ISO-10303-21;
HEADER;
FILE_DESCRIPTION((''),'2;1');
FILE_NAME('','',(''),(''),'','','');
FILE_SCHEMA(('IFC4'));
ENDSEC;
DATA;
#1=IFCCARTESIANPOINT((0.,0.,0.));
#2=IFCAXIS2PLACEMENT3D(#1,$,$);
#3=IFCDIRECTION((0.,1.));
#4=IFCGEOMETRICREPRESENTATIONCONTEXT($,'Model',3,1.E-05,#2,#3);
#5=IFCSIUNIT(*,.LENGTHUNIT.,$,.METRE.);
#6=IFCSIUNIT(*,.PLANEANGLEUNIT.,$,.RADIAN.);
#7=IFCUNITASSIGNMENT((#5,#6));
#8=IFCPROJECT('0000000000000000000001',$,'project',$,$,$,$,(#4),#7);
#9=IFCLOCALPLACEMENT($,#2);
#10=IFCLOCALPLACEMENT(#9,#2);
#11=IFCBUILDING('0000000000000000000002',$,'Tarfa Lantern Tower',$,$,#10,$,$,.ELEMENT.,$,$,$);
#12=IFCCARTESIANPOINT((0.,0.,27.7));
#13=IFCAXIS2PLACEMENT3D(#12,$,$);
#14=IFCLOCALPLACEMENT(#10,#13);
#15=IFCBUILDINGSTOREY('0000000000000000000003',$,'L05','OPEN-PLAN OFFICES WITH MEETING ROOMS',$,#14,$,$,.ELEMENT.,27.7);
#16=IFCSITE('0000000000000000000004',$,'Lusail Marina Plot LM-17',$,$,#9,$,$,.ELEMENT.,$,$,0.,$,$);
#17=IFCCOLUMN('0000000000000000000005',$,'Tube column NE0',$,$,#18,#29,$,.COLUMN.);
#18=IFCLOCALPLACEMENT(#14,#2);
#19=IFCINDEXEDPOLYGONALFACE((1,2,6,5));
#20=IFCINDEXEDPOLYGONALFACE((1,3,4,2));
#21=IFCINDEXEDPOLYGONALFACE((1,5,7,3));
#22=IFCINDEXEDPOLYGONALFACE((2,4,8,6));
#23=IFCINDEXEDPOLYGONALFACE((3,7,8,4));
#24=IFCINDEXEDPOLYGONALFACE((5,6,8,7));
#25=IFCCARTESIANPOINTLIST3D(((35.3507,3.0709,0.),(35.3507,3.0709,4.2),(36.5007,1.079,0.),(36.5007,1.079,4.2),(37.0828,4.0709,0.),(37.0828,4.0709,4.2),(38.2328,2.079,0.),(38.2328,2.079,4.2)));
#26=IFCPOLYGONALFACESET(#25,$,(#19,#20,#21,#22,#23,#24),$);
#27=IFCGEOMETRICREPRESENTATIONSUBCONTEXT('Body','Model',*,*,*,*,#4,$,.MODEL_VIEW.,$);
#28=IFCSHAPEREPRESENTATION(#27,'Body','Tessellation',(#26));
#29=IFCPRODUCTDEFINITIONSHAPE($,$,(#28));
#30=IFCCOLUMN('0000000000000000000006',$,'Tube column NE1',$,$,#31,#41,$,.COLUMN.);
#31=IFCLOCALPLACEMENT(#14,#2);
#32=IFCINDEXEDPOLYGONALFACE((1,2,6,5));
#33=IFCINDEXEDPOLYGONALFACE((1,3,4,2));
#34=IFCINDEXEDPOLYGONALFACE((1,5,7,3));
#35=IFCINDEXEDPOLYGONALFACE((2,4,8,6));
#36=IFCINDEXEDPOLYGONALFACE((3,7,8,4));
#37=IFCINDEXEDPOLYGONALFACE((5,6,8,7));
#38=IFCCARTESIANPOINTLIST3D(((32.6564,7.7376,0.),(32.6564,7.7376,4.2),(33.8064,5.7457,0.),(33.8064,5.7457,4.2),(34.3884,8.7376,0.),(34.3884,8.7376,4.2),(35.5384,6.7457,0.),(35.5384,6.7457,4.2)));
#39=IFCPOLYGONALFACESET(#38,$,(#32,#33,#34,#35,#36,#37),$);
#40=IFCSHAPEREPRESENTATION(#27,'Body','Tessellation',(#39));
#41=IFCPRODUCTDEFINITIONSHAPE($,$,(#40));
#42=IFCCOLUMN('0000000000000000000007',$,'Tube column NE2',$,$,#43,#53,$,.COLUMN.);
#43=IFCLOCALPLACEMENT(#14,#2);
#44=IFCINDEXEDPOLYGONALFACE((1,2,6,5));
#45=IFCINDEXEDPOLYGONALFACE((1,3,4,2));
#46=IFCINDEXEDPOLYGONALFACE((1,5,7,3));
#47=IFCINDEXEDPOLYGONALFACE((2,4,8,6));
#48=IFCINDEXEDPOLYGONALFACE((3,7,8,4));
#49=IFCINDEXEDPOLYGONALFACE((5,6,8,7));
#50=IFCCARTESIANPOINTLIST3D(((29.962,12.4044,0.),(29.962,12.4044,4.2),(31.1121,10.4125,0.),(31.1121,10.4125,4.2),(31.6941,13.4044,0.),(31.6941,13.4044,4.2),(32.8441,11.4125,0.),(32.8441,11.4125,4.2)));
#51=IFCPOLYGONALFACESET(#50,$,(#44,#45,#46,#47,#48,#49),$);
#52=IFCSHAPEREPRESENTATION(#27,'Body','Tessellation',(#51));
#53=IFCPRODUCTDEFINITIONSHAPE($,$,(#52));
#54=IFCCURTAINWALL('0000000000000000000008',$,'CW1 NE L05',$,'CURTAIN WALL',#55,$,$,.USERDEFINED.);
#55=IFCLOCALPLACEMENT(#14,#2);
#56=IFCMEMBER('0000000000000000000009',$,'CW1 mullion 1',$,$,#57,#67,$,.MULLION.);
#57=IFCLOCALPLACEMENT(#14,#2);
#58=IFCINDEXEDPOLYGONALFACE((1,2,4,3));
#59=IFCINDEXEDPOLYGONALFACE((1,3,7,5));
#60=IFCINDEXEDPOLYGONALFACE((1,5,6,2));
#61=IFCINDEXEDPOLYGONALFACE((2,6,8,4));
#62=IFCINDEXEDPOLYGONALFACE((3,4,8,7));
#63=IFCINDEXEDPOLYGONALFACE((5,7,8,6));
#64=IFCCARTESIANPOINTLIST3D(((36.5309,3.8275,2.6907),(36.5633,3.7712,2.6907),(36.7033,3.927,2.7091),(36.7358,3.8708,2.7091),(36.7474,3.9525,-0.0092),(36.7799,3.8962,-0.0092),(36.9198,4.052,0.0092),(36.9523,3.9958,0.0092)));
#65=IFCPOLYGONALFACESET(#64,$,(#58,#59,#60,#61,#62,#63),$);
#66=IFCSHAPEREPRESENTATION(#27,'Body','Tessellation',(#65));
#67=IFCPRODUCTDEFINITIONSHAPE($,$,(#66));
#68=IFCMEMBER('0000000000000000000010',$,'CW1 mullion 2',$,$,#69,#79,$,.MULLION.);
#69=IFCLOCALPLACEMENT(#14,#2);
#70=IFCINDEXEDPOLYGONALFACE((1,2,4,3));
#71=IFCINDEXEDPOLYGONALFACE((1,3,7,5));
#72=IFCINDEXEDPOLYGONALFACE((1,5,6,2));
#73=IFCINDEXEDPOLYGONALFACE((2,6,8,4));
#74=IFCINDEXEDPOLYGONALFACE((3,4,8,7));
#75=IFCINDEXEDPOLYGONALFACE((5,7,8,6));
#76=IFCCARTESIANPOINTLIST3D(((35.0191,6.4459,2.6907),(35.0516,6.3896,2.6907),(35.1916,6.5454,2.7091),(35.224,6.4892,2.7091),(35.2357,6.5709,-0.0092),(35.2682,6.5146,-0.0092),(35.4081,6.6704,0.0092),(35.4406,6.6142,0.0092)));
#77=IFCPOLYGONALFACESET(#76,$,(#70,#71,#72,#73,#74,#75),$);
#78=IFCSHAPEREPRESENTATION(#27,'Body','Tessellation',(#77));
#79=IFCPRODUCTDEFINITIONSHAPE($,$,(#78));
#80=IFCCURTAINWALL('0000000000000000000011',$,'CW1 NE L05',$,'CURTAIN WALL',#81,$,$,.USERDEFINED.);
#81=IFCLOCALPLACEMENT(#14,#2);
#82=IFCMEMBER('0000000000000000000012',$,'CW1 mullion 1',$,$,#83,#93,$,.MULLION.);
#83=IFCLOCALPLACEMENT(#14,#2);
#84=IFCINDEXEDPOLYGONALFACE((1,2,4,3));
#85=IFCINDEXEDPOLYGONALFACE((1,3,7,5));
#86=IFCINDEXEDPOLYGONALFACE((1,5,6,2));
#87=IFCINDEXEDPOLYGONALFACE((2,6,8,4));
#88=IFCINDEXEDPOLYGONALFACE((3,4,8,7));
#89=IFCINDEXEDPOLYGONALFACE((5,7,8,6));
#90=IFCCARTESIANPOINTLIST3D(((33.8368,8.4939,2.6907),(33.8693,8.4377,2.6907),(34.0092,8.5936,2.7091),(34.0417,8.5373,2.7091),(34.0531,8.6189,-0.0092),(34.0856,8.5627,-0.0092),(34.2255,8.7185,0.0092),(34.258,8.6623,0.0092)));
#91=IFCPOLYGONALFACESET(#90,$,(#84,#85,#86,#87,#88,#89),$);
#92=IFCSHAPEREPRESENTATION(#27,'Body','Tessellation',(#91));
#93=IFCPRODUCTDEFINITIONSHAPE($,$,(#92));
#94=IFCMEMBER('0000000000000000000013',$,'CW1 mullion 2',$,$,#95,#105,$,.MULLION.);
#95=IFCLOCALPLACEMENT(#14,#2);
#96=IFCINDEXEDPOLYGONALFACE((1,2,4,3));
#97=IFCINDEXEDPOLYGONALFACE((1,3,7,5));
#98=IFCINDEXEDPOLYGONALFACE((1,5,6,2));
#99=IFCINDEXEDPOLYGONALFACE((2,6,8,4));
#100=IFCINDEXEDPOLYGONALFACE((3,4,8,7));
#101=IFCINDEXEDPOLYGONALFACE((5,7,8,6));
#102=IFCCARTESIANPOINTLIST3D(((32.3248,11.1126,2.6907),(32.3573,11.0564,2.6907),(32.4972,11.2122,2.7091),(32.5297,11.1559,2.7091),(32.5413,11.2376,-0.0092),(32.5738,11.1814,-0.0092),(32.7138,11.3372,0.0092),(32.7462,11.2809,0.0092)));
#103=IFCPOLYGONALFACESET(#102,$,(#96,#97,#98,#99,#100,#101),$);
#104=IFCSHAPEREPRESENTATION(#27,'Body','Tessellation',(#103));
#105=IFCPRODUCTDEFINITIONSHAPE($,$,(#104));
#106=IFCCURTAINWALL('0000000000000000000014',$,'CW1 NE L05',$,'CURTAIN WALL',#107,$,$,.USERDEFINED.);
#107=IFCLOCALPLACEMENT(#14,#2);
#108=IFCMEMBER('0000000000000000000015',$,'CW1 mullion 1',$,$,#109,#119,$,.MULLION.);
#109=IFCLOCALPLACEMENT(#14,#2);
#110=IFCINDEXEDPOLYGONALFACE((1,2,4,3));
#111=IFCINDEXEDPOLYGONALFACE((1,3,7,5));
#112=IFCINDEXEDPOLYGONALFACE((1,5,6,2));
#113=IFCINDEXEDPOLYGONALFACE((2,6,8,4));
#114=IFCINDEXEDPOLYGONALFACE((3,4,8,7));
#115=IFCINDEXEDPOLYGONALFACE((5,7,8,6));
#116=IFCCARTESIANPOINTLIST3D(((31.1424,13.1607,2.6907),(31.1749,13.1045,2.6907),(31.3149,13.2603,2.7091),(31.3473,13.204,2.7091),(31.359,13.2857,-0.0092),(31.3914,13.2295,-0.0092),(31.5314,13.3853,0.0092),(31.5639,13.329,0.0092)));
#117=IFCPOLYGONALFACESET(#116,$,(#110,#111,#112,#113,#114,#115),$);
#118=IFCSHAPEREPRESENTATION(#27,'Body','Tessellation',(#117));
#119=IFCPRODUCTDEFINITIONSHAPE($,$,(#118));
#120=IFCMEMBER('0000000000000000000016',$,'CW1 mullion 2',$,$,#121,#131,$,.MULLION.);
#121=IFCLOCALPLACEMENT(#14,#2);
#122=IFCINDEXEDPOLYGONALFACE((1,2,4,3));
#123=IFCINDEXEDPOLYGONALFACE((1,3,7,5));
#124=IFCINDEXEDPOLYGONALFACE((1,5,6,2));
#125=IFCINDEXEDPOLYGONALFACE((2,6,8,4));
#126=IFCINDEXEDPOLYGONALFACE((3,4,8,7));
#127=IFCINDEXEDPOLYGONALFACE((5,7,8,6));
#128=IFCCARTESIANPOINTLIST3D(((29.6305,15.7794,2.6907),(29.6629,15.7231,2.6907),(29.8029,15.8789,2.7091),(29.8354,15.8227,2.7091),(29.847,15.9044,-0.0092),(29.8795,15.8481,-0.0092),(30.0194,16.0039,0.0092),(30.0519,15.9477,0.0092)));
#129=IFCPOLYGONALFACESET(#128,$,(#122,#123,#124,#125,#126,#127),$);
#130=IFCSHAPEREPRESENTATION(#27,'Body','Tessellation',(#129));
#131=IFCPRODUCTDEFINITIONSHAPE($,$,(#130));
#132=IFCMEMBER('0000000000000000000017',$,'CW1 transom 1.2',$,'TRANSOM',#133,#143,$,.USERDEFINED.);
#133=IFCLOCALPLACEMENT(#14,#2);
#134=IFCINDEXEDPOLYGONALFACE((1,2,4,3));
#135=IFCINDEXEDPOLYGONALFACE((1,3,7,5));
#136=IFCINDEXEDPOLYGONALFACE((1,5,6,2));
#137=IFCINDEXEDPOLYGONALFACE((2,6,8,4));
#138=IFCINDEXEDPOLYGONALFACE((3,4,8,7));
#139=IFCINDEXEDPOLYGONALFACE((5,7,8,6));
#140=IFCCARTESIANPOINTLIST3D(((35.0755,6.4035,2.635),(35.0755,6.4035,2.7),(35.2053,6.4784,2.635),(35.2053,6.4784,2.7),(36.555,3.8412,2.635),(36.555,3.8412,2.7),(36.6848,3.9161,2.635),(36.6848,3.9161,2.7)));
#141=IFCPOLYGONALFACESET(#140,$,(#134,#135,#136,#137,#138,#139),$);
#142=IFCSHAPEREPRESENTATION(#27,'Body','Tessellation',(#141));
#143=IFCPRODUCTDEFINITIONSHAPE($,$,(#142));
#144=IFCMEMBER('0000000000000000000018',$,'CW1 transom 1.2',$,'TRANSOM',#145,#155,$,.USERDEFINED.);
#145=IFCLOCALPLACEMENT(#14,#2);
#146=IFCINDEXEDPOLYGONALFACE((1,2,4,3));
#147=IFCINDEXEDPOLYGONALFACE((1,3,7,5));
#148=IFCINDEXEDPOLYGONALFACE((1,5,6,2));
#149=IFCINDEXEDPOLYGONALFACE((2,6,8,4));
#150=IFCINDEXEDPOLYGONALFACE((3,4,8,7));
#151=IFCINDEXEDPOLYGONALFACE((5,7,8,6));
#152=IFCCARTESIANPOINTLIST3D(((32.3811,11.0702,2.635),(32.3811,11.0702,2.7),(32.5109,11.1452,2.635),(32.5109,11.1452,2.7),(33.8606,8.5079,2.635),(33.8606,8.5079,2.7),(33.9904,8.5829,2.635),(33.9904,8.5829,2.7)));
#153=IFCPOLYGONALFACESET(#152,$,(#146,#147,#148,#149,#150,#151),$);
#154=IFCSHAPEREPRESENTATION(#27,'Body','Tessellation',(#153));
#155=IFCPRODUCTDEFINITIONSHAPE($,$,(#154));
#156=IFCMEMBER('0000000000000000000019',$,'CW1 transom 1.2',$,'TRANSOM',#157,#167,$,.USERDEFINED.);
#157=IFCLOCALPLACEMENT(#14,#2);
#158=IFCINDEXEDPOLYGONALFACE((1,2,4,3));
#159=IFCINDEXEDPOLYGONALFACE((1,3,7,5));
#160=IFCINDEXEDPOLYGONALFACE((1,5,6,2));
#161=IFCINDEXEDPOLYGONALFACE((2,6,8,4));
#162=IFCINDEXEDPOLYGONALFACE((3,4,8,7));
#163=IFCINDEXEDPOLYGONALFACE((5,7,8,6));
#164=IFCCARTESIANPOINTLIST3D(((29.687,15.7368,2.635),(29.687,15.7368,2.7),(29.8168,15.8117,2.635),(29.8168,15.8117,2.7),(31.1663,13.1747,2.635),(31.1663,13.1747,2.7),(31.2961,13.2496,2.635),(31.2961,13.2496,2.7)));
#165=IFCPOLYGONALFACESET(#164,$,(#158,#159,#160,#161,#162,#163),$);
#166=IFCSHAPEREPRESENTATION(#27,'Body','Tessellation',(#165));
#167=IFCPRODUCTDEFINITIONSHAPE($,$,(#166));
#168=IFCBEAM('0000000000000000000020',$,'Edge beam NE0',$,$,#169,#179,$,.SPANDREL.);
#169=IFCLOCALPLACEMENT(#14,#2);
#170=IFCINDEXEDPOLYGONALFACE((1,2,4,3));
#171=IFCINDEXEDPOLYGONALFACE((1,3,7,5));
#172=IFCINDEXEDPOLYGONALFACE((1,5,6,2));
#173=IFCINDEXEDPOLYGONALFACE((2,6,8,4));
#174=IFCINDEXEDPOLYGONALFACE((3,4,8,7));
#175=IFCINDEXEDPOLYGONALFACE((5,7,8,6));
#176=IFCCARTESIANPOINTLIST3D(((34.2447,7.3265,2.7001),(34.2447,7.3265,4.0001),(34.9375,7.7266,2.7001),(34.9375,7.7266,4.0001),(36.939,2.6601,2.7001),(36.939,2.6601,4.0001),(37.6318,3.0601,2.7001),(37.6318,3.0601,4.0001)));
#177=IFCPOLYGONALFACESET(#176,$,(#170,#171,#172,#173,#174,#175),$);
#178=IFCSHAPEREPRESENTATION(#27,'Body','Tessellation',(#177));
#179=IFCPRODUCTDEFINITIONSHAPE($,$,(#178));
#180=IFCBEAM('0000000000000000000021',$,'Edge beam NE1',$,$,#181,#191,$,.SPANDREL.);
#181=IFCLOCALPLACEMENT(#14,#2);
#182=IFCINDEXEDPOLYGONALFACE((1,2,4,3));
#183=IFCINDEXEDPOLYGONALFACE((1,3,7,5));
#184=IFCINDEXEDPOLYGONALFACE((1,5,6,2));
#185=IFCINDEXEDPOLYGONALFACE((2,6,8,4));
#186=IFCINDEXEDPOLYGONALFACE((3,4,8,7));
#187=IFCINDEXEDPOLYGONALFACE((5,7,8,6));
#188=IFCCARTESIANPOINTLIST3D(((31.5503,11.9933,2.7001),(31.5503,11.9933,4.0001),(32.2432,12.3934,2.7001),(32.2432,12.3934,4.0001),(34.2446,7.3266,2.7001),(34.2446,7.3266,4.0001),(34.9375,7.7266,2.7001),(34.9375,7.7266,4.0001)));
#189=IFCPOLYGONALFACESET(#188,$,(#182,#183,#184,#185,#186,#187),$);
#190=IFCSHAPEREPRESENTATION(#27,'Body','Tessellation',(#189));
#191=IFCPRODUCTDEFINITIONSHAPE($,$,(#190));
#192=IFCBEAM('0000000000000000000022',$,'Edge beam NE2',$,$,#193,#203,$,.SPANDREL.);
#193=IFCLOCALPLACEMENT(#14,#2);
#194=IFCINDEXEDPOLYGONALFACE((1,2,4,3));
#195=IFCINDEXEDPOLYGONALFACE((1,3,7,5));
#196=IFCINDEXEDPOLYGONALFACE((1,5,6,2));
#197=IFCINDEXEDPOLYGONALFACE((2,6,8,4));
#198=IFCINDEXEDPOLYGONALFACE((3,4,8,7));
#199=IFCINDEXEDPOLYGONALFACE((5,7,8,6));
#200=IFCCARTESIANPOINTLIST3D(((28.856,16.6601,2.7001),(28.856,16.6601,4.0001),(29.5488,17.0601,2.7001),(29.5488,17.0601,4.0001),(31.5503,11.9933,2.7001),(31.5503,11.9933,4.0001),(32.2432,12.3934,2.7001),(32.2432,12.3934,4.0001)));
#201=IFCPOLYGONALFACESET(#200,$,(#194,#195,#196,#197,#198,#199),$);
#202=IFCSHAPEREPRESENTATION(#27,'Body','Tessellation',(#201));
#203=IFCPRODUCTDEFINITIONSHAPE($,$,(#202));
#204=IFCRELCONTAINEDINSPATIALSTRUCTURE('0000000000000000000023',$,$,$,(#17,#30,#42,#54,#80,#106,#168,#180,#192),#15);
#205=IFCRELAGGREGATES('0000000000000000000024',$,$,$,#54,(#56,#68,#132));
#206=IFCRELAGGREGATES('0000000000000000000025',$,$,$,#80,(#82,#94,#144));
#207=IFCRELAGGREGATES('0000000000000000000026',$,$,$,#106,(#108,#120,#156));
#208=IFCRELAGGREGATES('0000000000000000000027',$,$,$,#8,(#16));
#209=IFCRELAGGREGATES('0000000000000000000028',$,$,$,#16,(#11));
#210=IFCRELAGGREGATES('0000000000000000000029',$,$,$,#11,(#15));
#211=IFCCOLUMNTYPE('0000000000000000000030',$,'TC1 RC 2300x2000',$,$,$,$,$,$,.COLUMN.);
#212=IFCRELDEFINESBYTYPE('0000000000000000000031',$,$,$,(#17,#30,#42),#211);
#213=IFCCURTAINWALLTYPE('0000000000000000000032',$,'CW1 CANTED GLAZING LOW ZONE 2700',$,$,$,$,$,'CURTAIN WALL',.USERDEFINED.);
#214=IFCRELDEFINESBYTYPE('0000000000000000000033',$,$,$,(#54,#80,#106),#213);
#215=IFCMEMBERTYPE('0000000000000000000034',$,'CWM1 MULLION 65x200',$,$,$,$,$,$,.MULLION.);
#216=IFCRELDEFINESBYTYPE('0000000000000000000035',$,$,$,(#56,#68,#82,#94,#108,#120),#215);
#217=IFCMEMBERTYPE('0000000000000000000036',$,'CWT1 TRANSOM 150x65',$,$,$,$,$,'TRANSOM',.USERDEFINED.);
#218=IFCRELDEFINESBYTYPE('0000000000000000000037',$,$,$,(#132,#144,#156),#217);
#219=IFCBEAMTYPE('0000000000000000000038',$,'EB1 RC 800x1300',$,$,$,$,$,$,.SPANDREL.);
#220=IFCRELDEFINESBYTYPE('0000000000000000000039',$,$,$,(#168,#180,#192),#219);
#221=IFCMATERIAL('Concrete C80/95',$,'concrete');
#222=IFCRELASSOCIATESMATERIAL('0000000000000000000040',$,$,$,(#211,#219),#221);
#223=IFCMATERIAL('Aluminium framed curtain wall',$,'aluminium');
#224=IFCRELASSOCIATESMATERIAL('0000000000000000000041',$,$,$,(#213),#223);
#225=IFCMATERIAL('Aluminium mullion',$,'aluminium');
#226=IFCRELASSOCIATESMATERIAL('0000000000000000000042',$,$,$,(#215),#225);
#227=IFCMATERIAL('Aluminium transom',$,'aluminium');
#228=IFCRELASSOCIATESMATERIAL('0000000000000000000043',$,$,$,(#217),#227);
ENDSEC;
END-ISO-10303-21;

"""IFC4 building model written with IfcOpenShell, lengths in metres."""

from ifc_helpers import new_model, si_unit, direction, frame, origin, origin_2d, place, context, subcontext, project, spatial, rectangle, extrude, material, material_profile, profile_set, type_object, element, aggregate, save


model = new_model("IFC4")

# Units and contexts
model_context = context("Model", 3, precision=1e-05, world=origin(), true_north=direction((0.0, 1.0)))
body_context = subcontext(model_context, "Body", "Model", "MODEL_VIEW")
ifc_project = project(units=[si_unit("LENGTHUNIT", "METRE"), si_unit("PLANEANGLEUNIT", "RADIAN")], contexts=[model_context])

# Site, building, storey
site_placement = place(None, origin())
site = spatial("IfcSite", under=ifc_project, at=site_placement, Name="Lusail Marina Plot LM-17", CompositionType="ELEMENT", RefElevation=0.0)
building_placement = place(site_placement, origin())
building = spatial("IfcBuilding", under=site, at=building_placement, Name="Tarfa Lantern Tower", CompositionType="ELEMENT")
storey_placement = place(building_placement, frame((0.0, 0.0, 27.7)))
storey = spatial("IfcBuildingStorey", under=building, at=storey_placement, Name="L05", Description="OPEN-PLAN OFFICES WITH MEETING ROOMS", CompositionType="ELEMENT", Elevation=27.7)

# Columns
ifc_material_1 = material(Name="Concrete C80/95", Category="concrete")
ifc_material_profile_1 = material_profile(ifc_material_1, rectangle(XDim=2.3, YDim=2.0, at=origin_2d()), Name="RC 2300x2000")
ifc_profile_set_1 = profile_set([ifc_material_profile_1], Name="Concrete C80/95")
column_type = type_object("IfcColumnType", Name="TC1 RC 2300x2000", PredefinedType="COLUMN", material=ifc_profile_set_1)
for number, where, z_axis, x_axis, name in (
    (1, (36.7917, 2.575, 0.0), (0.0, 0.0, 1.0), (-0.5, 0.866025, 0.0), "Tube column NE0"),
    (2, (34.0974, 7.2417, 0.0), (0.0, 0.0, 1.0), (-0.5, 0.866025, 0.0), "Tube column NE1"),
    (3, (31.4031, 11.9084, 0.0), (0.0, 0.0, 1.0), (-0.5, 0.866025, 0.0), "Tube column NE2"),
):
    element("IfcColumn", number, at=place(storey_placement, frame(where, z_axis=z_axis, x_axis=x_axis)), inside=storey, type_object=column_type, Name=name, PredefinedType="COLUMN", context=body_context, shape_type="SweptSolid", body=[
        extrude(rectangle(XDim=2.3, YDim=2.0, at=origin_2d()), origin(), (0.0, 0.0, 1.0), 4.2),
    ])

# Curtain walls, members
ifc_material_2 = material(Name="Aluminium framed curtain wall", Category="aluminium")
curtain_wall_type = type_object("IfcCurtainWallType", Name="CW1 CANTED GLAZING LOW ZONE 2700", ElementType="CURTAIN WALL", PredefinedType="USERDEFINED", material=ifc_material_2)
curtain_wall_1_placement = place(storey_placement, origin())
curtain_wall_1 = element("IfcCurtainWall", 4, at=curtain_wall_1_placement, inside=storey, type_object=curtain_wall_type, Name="CW1 NE L05", ObjectType="CURTAIN WALL", PredefinedType="USERDEFINED")
ifc_material_3 = material(Name="Aluminium mullion", Category="aluminium")
ifc_material_profile_2 = material_profile(ifc_material_3, rectangle(XDim=0.0649, YDim=0.2, at=origin_2d()), Name="AL MULLION 65x200")
ifc_profile_set_2 = profile_set([ifc_material_profile_2], Name="Aluminium mullion")
member_type_1 = type_object("IfcMemberType", Name="CWM1 MULLION 65x200", PredefinedType="MULLION", material=ifc_profile_set_2)
member_1_placement = place(storey_placement, frame((36.8499, 3.9741, 0.0), z_axis=(-0.079864, -0.0461, 0.995739), x_axis=(0.49992, -0.866072, 0.0)))
member_1 = element("IfcMember", 5, at=member_1_placement, type_object=member_type_1, Name="CW1 mullion 1", PredefinedType="MULLION", context=body_context, shape_type="SweptSolid", body=[
    extrude(rectangle(XDim=0.0649, YDim=0.2, at=origin_2d()), origin(), (0.0, 0.0, 1.0), 2.7114),
])
member_2_placement = place(storey_placement, frame((35.3381, 6.5925, 0.0), z_axis=(-0.079864, -0.0461, 0.995739), x_axis=(0.49992, -0.866072, 0.0)))
member_2 = element("IfcMember", 6, at=member_2_placement, type_object=member_type_1, Name="CW1 mullion 2", PredefinedType="MULLION", context=body_context, shape_type="SweptSolid", body=[
    extrude(rectangle(XDim=0.0649, YDim=0.2, at=origin_2d()), origin(), (0.0, 0.0, 1.0), 2.7114),
])
curtain_wall_2_placement = place(storey_placement, origin())
curtain_wall_2 = element("IfcCurtainWall", 7, at=curtain_wall_2_placement, inside=storey, type_object=curtain_wall_type, Name="CW1 NE L05", ObjectType="CURTAIN WALL", PredefinedType="USERDEFINED")
member_3_placement = place(storey_placement, frame((34.1555, 8.6406, 0.0), z_axis=(-0.079775, -0.0461, 0.995746), x_axis=(0.500343, -0.865827, 0.0)))
member_3 = element("IfcMember", 8, at=member_3_placement, type_object=member_type_1, Name="CW1 mullion 1", PredefinedType="MULLION", context=body_context, shape_type="SweptSolid", body=[
    extrude(rectangle(XDim=0.0649, YDim=0.2, at=origin_2d()), origin(), (0.0, 0.0, 1.0), 2.7114),
])
member_4_placement = place(storey_placement, frame((32.6438, 11.2593, 0.0), z_axis=(-0.079864, -0.0461, 0.995739), x_axis=(0.49992, -0.866072, 0.0)))
member_4 = element("IfcMember", 9, at=member_4_placement, type_object=member_type_1, Name="CW1 mullion 2", PredefinedType="MULLION", context=body_context, shape_type="SweptSolid", body=[
    extrude(rectangle(XDim=0.0649, YDim=0.2, at=origin_2d()), origin(), (0.0, 0.0, 1.0), 2.7114),
])
curtain_wall_3_placement = place(storey_placement, origin())
curtain_wall_3 = element("IfcCurtainWall", 10, at=curtain_wall_3_placement, inside=storey, type_object=curtain_wall_type, Name="CW1 NE L05", ObjectType="CURTAIN WALL", PredefinedType="USERDEFINED")
member_5_placement = place(storey_placement, frame((31.4614, 13.3074, 0.0), z_axis=(-0.079864, -0.0461, 0.995739), x_axis=(0.49992, -0.866072, 0.0)))
member_5 = element("IfcMember", 11, at=member_5_placement, type_object=member_type_1, Name="CW1 mullion 1", PredefinedType="MULLION", context=body_context, shape_type="SweptSolid", body=[
    extrude(rectangle(XDim=0.0649, YDim=0.2, at=origin_2d()), origin(), (0.0, 0.0, 1.0), 2.7114),
])
member_6_placement = place(storey_placement, frame((29.9495, 15.926, 0.0), z_axis=(-0.079864, -0.0461, 0.995739), x_axis=(0.49992, -0.866072, 0.0)))
member_6 = element("IfcMember", 12, at=member_6_placement, type_object=member_type_1, Name="CW1 mullion 2", PredefinedType="MULLION", context=body_context, shape_type="SweptSolid", body=[
    extrude(rectangle(XDim=0.0649, YDim=0.2, at=origin_2d()), origin(), (0.0, 0.0, 1.0), 2.7114),
])

# Members
ifc_material_4 = material(Name="Aluminium transom", Category="aluminium")
ifc_material_profile_3 = material_profile(ifc_material_4, rectangle(XDim=0.1499, YDim=0.0649, at=origin_2d()), Name="AL TRANSOM 150x65")
ifc_profile_set_3 = profile_set([ifc_material_profile_3], Name="Aluminium transom")
member_type_2 = type_object("IfcMemberType", Name="CWT1 TRANSOM 150x65", ElementType="TRANSOM", PredefinedType="USERDEFINED", material=ifc_profile_set_3)
member_7_placement = place(storey_placement, frame((36.6199, 3.8787, 2.6675), z_axis=(-0.500044, 0.866, 0.0), x_axis=(-0.866, -0.500044, 0.0)))
member_7 = element("IfcMember", 13, at=member_7_placement, type_object=member_type_2, Name="CW1 transom 1.2", ObjectType="TRANSOM", PredefinedType="USERDEFINED", context=body_context, shape_type="SweptSolid", body=[
    extrude(rectangle(XDim=0.1499, YDim=0.0649, at=origin_2d()), origin(), (0.0, 0.0, 1.0), 2.9587),
])
member_8_placement = place(storey_placement, frame((33.9255, 8.5454, 2.6675), z_axis=(-0.500044, 0.866, 0.0), x_axis=(-0.866, -0.500044, 0.0)))
member_8 = element("IfcMember", 14, at=member_8_placement, type_object=member_type_2, Name="CW1 transom 1.2", ObjectType="TRANSOM", PredefinedType="USERDEFINED", context=body_context, shape_type="SweptSolid", body=[
    extrude(rectangle(XDim=0.1499, YDim=0.0649, at=origin_2d()), origin(), (0.0, 0.0, 1.0), 2.9587),
])
member_9_placement = place(storey_placement, frame((31.2312, 13.2122, 2.6675), z_axis=(-0.500018, 0.866015, 0.0), x_axis=(-0.866015, -0.500018, 0.0)))
member_9 = element("IfcMember", 15, at=member_9_placement, type_object=member_type_2, Name="CW1 transom 1.2", ObjectType="TRANSOM", PredefinedType="USERDEFINED", context=body_context, shape_type="SweptSolid", body=[
    extrude(rectangle(XDim=0.1499, YDim=0.0649, at=origin_2d()), origin(), (0.0, 0.0, 1.0), 2.9585),
])

# Beams
ifc_material_profile_4 = material_profile(ifc_material_1, rectangle(XDim=0.8, YDim=1.3, at=origin_2d()), Name="RC 800x1300")
ifc_profile_set_4 = profile_set([ifc_material_profile_4], Name="Concrete C80/95")
beam_type_1 = type_object("IfcBeamType", Name="EB1 RC 800x1300", PredefinedType="SPANDREL", material=ifc_profile_set_4)
beam_1_placement = place(storey_placement, frame((37.2854, 2.8601, 3.3501), z_axis=(-0.500018, 0.866015, 0.0), x_axis=(-0.866015, -0.500018, 0.0)))
element("IfcBeam", 16, at=beam_1_placement, inside=storey, type_object=beam_type_1, Name="Edge beam NE0", PredefinedType="SPANDREL", context=body_context, shape_type="SweptSolid", body=[
    extrude(rectangle(XDim=0.8, YDim=1.3, at=origin_2d()), origin(), (0.0, 0.0, 1.0), 5.3884),
])
for number, where, z_axis, x_axis, name in (
    (17, (34.5911, 7.5266, 3.3501), (-0.499998, 0.866026, 0.0), (-0.866026, -0.499998, 0.0), "Edge beam NE1"),
    (18, (31.8967, 12.1934, 3.3501), (-0.499998, 0.866026, 0.0), (-0.866026, -0.499998, 0.0), "Edge beam NE2"),
):
    element("IfcBeam", number, at=place(storey_placement, frame(where, z_axis=z_axis, x_axis=x_axis)), inside=storey, type_object=beam_type_1, Name=name, PredefinedType="SPANDREL", context=body_context, shape_type="SweptSolid", body=[
        extrude(rectangle(XDim=0.8, YDim=1.3, at=origin_2d()), origin(), (0.0, 0.0, 1.0), 5.3887),
    ])

aggregate(curtain_wall_1, [member_1, member_2, member_7])
aggregate(curtain_wall_2, [member_3, member_4, member_8])
aggregate(curtain_wall_3, [member_5, member_6, member_9])

save(model, "model.ifc")
